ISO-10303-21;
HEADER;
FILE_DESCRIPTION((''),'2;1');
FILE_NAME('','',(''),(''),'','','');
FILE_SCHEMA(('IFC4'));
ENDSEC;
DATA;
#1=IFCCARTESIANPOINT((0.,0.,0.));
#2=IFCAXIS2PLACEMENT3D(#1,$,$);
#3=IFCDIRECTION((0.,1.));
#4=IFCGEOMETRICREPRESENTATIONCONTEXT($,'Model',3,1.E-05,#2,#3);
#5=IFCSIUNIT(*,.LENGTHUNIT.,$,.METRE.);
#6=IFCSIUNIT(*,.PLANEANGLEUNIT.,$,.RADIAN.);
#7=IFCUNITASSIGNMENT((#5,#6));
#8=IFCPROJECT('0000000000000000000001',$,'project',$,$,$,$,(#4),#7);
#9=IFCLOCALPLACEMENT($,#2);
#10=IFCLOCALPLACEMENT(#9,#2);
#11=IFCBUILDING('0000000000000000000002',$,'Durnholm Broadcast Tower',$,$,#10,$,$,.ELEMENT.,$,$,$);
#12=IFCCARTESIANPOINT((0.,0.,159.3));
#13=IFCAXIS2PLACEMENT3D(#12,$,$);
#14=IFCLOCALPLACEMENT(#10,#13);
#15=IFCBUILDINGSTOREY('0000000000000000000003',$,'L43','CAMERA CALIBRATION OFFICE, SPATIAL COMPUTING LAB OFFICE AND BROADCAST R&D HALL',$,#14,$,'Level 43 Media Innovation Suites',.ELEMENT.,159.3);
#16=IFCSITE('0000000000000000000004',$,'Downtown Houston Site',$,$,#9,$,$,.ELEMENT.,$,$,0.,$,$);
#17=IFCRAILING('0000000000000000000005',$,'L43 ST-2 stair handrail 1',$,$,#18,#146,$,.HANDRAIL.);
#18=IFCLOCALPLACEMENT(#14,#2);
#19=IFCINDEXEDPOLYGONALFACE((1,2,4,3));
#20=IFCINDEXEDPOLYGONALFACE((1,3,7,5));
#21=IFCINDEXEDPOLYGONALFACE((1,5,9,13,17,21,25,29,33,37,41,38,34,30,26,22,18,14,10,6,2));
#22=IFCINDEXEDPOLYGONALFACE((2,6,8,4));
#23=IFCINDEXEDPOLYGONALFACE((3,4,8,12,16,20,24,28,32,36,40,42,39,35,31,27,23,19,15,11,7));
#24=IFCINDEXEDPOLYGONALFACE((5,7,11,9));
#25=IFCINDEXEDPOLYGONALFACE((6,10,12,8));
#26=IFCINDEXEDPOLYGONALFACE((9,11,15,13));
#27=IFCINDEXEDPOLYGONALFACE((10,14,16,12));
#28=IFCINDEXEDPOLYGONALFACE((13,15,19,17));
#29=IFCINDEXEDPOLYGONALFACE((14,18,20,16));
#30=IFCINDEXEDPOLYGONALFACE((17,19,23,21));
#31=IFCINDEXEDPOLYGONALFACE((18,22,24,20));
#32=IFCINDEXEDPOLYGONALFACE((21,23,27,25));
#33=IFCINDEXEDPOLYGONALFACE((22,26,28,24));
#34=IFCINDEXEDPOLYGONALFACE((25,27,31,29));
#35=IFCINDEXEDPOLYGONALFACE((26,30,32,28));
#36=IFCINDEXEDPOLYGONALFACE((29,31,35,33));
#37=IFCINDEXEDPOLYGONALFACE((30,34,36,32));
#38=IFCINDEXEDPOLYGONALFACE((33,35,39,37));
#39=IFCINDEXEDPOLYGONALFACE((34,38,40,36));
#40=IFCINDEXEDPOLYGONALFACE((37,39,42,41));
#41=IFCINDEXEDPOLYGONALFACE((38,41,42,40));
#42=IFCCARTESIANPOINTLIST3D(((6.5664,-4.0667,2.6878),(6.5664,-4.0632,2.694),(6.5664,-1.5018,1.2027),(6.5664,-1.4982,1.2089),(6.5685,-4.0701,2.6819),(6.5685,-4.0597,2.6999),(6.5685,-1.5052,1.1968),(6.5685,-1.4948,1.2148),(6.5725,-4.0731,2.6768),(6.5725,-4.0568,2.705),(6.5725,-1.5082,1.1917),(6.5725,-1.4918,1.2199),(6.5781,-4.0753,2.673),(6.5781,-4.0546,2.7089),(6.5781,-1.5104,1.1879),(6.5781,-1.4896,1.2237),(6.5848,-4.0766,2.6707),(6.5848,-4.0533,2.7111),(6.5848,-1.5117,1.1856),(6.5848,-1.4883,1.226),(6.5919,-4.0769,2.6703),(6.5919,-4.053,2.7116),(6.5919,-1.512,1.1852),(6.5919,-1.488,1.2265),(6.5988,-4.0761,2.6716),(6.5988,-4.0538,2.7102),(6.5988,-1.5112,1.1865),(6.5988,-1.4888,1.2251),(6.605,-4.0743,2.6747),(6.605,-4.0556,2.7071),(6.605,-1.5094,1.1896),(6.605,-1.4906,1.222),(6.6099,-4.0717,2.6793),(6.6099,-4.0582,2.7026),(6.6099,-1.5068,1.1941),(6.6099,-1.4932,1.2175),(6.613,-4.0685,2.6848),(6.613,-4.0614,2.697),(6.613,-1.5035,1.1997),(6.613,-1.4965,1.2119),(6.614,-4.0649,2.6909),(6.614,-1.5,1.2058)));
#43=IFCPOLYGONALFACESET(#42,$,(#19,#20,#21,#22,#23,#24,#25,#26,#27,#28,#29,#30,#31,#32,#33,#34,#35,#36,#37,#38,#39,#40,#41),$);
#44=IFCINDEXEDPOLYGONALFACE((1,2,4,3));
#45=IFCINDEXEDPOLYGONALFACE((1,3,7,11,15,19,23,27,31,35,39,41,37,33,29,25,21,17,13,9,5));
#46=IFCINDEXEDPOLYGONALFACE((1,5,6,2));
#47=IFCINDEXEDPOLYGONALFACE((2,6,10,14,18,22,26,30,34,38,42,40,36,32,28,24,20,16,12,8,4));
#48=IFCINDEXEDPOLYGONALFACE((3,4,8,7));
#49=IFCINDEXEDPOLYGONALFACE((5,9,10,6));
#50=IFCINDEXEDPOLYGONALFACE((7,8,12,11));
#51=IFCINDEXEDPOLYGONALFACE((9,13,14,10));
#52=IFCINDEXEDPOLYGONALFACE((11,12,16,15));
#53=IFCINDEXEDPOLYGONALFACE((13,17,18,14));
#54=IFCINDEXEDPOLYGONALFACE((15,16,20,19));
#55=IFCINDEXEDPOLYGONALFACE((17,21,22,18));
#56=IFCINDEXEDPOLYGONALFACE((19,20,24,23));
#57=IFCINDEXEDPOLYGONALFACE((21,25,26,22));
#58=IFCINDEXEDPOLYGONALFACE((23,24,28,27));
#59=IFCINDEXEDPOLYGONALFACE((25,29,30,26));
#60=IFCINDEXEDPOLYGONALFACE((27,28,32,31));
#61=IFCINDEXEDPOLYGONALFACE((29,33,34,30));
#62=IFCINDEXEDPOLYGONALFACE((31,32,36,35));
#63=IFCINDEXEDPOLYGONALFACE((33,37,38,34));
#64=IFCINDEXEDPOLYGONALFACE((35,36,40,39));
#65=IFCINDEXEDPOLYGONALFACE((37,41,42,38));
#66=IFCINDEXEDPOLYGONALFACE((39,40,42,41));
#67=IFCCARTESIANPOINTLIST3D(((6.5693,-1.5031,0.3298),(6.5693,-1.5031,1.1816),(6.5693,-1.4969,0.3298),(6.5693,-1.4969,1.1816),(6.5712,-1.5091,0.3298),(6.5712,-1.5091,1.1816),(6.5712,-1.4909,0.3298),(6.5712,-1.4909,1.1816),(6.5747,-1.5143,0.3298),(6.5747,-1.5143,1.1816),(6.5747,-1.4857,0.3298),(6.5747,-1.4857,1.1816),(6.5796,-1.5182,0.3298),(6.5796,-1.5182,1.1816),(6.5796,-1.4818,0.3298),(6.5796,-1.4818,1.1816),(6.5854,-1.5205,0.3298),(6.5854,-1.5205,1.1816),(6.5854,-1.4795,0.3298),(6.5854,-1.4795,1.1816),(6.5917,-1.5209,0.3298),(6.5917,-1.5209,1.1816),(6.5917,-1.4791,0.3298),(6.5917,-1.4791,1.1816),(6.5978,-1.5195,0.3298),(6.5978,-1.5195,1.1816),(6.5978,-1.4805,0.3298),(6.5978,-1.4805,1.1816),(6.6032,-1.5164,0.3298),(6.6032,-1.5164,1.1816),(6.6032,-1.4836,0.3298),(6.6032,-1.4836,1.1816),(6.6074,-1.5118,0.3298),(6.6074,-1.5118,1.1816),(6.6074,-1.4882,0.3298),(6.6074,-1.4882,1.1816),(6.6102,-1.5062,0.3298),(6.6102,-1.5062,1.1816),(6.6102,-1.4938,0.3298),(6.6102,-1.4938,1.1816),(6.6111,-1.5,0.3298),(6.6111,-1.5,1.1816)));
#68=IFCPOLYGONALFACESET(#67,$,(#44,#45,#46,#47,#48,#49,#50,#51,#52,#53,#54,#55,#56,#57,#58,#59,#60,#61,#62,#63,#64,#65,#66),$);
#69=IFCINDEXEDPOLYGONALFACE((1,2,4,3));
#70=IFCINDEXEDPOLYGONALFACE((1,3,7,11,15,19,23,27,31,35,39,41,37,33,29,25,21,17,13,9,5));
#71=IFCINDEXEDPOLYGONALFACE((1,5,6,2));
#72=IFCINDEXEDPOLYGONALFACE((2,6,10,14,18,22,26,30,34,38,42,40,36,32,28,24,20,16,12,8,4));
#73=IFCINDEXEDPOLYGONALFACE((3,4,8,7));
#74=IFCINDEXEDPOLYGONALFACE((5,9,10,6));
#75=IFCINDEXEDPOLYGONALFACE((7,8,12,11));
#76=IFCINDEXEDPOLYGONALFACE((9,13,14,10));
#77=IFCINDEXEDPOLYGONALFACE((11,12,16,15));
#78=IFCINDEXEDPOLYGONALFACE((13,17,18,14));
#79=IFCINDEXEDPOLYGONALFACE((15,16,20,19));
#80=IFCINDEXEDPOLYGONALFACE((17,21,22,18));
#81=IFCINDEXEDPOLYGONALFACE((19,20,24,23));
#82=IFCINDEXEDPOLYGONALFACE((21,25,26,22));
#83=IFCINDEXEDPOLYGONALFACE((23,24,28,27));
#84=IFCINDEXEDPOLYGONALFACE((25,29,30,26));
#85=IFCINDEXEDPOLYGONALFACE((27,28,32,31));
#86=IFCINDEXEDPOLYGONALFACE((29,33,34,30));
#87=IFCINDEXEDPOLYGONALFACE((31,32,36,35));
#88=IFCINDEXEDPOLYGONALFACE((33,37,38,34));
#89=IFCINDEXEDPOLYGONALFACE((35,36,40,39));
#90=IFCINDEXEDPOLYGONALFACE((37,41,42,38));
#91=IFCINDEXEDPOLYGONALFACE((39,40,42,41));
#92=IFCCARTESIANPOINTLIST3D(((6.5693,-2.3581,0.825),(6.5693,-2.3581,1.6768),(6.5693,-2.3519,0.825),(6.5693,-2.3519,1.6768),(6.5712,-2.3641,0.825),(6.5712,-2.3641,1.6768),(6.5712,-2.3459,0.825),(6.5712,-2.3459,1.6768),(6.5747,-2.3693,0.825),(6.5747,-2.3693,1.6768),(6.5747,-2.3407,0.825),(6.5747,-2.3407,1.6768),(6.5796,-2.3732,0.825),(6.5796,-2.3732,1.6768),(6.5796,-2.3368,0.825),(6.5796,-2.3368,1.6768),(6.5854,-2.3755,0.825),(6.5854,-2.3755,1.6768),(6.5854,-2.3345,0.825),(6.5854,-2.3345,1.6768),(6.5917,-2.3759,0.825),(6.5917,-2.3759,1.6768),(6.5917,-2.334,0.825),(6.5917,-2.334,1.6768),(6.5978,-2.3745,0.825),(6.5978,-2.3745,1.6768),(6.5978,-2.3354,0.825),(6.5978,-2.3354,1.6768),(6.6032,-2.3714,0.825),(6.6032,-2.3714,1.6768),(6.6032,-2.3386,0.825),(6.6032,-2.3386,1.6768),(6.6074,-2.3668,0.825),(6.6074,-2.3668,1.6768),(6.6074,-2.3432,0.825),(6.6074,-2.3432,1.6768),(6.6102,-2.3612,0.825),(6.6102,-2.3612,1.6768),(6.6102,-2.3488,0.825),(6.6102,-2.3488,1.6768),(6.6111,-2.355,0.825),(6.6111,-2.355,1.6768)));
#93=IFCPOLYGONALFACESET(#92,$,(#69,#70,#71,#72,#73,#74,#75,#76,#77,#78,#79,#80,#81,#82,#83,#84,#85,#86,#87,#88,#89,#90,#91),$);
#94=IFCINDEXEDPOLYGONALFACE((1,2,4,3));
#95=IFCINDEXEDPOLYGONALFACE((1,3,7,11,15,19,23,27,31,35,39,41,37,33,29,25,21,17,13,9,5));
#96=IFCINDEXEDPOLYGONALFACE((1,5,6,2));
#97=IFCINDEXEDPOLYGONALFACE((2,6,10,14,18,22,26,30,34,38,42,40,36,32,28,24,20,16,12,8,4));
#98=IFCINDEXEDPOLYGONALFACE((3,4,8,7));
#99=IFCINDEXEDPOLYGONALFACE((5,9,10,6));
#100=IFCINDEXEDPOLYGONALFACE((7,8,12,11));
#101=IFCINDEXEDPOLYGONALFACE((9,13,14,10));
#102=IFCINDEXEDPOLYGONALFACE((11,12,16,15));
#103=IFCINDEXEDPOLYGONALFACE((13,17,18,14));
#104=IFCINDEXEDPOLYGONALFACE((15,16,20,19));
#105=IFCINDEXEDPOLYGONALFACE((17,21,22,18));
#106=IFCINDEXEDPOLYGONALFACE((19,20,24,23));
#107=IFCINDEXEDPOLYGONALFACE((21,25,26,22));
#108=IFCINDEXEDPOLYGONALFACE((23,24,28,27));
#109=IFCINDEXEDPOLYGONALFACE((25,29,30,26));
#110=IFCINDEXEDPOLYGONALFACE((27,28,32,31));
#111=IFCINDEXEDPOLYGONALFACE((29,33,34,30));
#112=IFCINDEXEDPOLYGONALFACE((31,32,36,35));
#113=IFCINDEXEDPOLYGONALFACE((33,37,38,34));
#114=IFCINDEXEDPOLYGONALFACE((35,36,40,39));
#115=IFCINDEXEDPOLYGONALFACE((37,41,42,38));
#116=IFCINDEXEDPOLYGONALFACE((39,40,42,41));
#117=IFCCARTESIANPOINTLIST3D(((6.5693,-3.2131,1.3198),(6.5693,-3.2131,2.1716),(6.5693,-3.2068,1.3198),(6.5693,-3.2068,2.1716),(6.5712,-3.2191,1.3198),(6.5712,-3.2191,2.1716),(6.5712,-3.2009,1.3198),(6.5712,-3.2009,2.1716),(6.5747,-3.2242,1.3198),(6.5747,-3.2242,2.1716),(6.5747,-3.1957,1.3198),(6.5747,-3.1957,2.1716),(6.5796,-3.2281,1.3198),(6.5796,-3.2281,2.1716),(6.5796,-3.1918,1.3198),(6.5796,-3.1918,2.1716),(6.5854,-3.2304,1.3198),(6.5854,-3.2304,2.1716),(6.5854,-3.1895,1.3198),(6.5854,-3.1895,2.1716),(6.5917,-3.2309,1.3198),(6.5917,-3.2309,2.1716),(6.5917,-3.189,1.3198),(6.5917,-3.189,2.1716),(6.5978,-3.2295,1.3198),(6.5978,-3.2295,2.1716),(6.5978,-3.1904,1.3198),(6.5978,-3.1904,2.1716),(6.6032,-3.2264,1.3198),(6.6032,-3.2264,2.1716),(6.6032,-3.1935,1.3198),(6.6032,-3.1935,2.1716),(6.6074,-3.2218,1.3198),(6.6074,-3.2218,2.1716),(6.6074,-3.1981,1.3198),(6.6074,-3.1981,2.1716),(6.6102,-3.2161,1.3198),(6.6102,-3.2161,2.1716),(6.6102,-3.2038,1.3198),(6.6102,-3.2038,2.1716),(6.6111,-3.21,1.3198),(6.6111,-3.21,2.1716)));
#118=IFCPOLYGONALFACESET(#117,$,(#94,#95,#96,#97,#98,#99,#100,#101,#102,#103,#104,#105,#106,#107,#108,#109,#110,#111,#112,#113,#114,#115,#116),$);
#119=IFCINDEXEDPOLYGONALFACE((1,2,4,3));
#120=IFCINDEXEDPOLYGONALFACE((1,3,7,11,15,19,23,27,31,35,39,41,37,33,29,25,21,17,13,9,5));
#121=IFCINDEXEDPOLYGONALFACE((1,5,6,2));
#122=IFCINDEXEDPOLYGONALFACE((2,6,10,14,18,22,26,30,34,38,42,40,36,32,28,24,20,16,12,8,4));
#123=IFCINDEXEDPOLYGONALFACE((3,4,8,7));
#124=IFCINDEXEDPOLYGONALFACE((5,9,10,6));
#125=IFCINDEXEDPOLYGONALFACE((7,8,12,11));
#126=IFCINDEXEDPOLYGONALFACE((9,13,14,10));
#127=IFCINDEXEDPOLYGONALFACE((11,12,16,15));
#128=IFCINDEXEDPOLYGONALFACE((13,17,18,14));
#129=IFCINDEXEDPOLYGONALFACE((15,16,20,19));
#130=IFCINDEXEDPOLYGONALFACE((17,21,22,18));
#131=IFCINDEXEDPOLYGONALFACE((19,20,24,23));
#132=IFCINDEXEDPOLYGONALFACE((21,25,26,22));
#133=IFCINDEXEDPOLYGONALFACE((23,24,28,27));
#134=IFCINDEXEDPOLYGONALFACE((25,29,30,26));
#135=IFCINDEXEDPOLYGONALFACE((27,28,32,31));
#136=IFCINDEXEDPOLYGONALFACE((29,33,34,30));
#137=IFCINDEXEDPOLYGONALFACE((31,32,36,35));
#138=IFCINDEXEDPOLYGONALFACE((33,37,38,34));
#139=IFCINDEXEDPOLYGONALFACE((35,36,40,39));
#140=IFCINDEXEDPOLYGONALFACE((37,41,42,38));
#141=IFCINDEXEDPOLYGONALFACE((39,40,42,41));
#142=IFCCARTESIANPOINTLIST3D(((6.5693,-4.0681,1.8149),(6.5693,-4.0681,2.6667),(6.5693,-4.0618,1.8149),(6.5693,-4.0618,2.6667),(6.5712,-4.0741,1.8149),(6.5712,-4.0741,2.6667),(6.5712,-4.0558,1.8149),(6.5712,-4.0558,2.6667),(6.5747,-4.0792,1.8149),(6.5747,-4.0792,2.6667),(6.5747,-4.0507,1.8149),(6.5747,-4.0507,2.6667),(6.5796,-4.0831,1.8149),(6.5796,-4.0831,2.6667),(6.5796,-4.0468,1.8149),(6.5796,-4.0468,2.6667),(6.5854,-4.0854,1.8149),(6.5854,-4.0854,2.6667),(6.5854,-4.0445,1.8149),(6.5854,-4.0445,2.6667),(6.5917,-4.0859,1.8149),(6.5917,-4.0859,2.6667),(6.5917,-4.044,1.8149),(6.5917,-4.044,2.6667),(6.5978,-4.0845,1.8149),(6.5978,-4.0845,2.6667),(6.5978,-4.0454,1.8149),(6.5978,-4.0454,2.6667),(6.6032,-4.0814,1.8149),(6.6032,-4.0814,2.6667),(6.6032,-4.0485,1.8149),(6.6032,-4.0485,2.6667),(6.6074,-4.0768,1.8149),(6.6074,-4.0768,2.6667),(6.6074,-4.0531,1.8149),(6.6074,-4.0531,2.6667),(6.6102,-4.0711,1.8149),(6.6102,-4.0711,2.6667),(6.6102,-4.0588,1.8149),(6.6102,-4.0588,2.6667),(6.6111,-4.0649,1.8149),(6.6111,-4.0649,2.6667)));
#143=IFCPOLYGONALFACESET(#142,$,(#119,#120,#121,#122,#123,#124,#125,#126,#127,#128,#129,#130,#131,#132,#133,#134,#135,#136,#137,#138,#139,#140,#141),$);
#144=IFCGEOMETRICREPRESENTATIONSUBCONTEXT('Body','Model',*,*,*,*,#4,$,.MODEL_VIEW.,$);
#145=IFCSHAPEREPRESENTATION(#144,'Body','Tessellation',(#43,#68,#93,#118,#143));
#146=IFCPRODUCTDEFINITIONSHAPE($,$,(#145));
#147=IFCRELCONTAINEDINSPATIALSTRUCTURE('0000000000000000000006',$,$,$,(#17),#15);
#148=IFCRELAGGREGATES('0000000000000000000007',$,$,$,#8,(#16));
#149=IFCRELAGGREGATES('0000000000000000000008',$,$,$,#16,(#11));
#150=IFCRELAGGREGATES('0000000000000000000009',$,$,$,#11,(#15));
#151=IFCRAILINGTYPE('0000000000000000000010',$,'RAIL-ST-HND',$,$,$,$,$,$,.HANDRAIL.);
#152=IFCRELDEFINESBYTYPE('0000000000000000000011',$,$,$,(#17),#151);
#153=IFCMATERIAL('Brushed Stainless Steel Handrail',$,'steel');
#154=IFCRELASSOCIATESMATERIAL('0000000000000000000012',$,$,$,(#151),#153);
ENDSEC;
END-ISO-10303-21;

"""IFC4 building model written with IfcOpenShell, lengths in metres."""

from ifc_helpers import new_model, si_unit, direction, frame, origin, origin_2d, place, context, subcontext, project, spatial, circle, extrude, material, type_object, element, save


model = new_model("IFC4")

# Units and contexts
model_context = context("Model", 3, precision=1e-05, world=origin(), true_north=direction((0.0, 1.0)))
body_context = subcontext(model_context, "Body", "Model", "MODEL_VIEW")
ifc_project = project(units=[si_unit("LENGTHUNIT", "METRE"), si_unit("PLANEANGLEUNIT", "RADIAN")], contexts=[model_context])

# Site, building, storey
site_placement = place(None, origin())
site = spatial("IfcSite", under=ifc_project, at=site_placement, Name="Downtown Houston Site", CompositionType="ELEMENT", RefElevation=0.0)
building_placement = place(site_placement, origin())
building = spatial("IfcBuilding", under=site, at=building_placement, Name="Durnholm Broadcast Tower", CompositionType="ELEMENT")
storey_placement = place(building_placement, frame((0.0, 0.0, 159.3)))
storey = spatial("IfcBuildingStorey", under=building, at=storey_placement, Name="L43", Description="CAMERA CALIBRATION OFFICE, SPATIAL COMPUTING LAB OFFICE AND BROADCAST R&D HALL", LongName="Level 43 Media Innovation Suites", CompositionType="ELEMENT", Elevation=159.3)

# Railing
ifc_material_1 = material(Name="Brushed Stainless Steel Handrail", Category="steel")
railing_type_1 = type_object("IfcRailingType", Name="RAIL-ST-HND", PredefinedType="HANDRAIL", material=ifc_material_1)
railing_1_placement = place(storey_placement, frame((6.5901, -1.5, 0.3298)))
element("IfcRailing", 1, at=railing_1_placement, inside=storey, type_object=railing_type_1, Name="L43 ST-2 stair handrail 1", PredefinedType="HANDRAIL", context=body_context, shape_type="SweptSolid", body=[
    extrude(circle(Radius=0.0239, at=origin_2d()), frame((0.0, 0.0, 0.876), z_axis=(0.0, -0.865406, 0.501072), x_axis=(1.0, 0.0, 0.0)), (0.0, 0.0, 1.0), 2.9639),
    extrude(circle(Radius=0.021, at=origin_2d()), origin(), (0.0, 0.0, 1.0), 0.8518),
    extrude(circle(Radius=0.021, at=origin_2d()), frame((0.0, -0.855, 0.4951)), (0.0, 0.0, 1.0), 0.8518),
    extrude(circle(Radius=0.021, at=origin_2d()), frame((0.0, -1.71, 0.99)), (0.0, 0.0, 1.0), 0.8518),
    extrude(circle(Radius=0.021, at=origin_2d()), frame((0.0, -2.5649, 1.4851)), (0.0, 0.0, 1.0), 0.8518),
])

save(model, "model.ifc")
